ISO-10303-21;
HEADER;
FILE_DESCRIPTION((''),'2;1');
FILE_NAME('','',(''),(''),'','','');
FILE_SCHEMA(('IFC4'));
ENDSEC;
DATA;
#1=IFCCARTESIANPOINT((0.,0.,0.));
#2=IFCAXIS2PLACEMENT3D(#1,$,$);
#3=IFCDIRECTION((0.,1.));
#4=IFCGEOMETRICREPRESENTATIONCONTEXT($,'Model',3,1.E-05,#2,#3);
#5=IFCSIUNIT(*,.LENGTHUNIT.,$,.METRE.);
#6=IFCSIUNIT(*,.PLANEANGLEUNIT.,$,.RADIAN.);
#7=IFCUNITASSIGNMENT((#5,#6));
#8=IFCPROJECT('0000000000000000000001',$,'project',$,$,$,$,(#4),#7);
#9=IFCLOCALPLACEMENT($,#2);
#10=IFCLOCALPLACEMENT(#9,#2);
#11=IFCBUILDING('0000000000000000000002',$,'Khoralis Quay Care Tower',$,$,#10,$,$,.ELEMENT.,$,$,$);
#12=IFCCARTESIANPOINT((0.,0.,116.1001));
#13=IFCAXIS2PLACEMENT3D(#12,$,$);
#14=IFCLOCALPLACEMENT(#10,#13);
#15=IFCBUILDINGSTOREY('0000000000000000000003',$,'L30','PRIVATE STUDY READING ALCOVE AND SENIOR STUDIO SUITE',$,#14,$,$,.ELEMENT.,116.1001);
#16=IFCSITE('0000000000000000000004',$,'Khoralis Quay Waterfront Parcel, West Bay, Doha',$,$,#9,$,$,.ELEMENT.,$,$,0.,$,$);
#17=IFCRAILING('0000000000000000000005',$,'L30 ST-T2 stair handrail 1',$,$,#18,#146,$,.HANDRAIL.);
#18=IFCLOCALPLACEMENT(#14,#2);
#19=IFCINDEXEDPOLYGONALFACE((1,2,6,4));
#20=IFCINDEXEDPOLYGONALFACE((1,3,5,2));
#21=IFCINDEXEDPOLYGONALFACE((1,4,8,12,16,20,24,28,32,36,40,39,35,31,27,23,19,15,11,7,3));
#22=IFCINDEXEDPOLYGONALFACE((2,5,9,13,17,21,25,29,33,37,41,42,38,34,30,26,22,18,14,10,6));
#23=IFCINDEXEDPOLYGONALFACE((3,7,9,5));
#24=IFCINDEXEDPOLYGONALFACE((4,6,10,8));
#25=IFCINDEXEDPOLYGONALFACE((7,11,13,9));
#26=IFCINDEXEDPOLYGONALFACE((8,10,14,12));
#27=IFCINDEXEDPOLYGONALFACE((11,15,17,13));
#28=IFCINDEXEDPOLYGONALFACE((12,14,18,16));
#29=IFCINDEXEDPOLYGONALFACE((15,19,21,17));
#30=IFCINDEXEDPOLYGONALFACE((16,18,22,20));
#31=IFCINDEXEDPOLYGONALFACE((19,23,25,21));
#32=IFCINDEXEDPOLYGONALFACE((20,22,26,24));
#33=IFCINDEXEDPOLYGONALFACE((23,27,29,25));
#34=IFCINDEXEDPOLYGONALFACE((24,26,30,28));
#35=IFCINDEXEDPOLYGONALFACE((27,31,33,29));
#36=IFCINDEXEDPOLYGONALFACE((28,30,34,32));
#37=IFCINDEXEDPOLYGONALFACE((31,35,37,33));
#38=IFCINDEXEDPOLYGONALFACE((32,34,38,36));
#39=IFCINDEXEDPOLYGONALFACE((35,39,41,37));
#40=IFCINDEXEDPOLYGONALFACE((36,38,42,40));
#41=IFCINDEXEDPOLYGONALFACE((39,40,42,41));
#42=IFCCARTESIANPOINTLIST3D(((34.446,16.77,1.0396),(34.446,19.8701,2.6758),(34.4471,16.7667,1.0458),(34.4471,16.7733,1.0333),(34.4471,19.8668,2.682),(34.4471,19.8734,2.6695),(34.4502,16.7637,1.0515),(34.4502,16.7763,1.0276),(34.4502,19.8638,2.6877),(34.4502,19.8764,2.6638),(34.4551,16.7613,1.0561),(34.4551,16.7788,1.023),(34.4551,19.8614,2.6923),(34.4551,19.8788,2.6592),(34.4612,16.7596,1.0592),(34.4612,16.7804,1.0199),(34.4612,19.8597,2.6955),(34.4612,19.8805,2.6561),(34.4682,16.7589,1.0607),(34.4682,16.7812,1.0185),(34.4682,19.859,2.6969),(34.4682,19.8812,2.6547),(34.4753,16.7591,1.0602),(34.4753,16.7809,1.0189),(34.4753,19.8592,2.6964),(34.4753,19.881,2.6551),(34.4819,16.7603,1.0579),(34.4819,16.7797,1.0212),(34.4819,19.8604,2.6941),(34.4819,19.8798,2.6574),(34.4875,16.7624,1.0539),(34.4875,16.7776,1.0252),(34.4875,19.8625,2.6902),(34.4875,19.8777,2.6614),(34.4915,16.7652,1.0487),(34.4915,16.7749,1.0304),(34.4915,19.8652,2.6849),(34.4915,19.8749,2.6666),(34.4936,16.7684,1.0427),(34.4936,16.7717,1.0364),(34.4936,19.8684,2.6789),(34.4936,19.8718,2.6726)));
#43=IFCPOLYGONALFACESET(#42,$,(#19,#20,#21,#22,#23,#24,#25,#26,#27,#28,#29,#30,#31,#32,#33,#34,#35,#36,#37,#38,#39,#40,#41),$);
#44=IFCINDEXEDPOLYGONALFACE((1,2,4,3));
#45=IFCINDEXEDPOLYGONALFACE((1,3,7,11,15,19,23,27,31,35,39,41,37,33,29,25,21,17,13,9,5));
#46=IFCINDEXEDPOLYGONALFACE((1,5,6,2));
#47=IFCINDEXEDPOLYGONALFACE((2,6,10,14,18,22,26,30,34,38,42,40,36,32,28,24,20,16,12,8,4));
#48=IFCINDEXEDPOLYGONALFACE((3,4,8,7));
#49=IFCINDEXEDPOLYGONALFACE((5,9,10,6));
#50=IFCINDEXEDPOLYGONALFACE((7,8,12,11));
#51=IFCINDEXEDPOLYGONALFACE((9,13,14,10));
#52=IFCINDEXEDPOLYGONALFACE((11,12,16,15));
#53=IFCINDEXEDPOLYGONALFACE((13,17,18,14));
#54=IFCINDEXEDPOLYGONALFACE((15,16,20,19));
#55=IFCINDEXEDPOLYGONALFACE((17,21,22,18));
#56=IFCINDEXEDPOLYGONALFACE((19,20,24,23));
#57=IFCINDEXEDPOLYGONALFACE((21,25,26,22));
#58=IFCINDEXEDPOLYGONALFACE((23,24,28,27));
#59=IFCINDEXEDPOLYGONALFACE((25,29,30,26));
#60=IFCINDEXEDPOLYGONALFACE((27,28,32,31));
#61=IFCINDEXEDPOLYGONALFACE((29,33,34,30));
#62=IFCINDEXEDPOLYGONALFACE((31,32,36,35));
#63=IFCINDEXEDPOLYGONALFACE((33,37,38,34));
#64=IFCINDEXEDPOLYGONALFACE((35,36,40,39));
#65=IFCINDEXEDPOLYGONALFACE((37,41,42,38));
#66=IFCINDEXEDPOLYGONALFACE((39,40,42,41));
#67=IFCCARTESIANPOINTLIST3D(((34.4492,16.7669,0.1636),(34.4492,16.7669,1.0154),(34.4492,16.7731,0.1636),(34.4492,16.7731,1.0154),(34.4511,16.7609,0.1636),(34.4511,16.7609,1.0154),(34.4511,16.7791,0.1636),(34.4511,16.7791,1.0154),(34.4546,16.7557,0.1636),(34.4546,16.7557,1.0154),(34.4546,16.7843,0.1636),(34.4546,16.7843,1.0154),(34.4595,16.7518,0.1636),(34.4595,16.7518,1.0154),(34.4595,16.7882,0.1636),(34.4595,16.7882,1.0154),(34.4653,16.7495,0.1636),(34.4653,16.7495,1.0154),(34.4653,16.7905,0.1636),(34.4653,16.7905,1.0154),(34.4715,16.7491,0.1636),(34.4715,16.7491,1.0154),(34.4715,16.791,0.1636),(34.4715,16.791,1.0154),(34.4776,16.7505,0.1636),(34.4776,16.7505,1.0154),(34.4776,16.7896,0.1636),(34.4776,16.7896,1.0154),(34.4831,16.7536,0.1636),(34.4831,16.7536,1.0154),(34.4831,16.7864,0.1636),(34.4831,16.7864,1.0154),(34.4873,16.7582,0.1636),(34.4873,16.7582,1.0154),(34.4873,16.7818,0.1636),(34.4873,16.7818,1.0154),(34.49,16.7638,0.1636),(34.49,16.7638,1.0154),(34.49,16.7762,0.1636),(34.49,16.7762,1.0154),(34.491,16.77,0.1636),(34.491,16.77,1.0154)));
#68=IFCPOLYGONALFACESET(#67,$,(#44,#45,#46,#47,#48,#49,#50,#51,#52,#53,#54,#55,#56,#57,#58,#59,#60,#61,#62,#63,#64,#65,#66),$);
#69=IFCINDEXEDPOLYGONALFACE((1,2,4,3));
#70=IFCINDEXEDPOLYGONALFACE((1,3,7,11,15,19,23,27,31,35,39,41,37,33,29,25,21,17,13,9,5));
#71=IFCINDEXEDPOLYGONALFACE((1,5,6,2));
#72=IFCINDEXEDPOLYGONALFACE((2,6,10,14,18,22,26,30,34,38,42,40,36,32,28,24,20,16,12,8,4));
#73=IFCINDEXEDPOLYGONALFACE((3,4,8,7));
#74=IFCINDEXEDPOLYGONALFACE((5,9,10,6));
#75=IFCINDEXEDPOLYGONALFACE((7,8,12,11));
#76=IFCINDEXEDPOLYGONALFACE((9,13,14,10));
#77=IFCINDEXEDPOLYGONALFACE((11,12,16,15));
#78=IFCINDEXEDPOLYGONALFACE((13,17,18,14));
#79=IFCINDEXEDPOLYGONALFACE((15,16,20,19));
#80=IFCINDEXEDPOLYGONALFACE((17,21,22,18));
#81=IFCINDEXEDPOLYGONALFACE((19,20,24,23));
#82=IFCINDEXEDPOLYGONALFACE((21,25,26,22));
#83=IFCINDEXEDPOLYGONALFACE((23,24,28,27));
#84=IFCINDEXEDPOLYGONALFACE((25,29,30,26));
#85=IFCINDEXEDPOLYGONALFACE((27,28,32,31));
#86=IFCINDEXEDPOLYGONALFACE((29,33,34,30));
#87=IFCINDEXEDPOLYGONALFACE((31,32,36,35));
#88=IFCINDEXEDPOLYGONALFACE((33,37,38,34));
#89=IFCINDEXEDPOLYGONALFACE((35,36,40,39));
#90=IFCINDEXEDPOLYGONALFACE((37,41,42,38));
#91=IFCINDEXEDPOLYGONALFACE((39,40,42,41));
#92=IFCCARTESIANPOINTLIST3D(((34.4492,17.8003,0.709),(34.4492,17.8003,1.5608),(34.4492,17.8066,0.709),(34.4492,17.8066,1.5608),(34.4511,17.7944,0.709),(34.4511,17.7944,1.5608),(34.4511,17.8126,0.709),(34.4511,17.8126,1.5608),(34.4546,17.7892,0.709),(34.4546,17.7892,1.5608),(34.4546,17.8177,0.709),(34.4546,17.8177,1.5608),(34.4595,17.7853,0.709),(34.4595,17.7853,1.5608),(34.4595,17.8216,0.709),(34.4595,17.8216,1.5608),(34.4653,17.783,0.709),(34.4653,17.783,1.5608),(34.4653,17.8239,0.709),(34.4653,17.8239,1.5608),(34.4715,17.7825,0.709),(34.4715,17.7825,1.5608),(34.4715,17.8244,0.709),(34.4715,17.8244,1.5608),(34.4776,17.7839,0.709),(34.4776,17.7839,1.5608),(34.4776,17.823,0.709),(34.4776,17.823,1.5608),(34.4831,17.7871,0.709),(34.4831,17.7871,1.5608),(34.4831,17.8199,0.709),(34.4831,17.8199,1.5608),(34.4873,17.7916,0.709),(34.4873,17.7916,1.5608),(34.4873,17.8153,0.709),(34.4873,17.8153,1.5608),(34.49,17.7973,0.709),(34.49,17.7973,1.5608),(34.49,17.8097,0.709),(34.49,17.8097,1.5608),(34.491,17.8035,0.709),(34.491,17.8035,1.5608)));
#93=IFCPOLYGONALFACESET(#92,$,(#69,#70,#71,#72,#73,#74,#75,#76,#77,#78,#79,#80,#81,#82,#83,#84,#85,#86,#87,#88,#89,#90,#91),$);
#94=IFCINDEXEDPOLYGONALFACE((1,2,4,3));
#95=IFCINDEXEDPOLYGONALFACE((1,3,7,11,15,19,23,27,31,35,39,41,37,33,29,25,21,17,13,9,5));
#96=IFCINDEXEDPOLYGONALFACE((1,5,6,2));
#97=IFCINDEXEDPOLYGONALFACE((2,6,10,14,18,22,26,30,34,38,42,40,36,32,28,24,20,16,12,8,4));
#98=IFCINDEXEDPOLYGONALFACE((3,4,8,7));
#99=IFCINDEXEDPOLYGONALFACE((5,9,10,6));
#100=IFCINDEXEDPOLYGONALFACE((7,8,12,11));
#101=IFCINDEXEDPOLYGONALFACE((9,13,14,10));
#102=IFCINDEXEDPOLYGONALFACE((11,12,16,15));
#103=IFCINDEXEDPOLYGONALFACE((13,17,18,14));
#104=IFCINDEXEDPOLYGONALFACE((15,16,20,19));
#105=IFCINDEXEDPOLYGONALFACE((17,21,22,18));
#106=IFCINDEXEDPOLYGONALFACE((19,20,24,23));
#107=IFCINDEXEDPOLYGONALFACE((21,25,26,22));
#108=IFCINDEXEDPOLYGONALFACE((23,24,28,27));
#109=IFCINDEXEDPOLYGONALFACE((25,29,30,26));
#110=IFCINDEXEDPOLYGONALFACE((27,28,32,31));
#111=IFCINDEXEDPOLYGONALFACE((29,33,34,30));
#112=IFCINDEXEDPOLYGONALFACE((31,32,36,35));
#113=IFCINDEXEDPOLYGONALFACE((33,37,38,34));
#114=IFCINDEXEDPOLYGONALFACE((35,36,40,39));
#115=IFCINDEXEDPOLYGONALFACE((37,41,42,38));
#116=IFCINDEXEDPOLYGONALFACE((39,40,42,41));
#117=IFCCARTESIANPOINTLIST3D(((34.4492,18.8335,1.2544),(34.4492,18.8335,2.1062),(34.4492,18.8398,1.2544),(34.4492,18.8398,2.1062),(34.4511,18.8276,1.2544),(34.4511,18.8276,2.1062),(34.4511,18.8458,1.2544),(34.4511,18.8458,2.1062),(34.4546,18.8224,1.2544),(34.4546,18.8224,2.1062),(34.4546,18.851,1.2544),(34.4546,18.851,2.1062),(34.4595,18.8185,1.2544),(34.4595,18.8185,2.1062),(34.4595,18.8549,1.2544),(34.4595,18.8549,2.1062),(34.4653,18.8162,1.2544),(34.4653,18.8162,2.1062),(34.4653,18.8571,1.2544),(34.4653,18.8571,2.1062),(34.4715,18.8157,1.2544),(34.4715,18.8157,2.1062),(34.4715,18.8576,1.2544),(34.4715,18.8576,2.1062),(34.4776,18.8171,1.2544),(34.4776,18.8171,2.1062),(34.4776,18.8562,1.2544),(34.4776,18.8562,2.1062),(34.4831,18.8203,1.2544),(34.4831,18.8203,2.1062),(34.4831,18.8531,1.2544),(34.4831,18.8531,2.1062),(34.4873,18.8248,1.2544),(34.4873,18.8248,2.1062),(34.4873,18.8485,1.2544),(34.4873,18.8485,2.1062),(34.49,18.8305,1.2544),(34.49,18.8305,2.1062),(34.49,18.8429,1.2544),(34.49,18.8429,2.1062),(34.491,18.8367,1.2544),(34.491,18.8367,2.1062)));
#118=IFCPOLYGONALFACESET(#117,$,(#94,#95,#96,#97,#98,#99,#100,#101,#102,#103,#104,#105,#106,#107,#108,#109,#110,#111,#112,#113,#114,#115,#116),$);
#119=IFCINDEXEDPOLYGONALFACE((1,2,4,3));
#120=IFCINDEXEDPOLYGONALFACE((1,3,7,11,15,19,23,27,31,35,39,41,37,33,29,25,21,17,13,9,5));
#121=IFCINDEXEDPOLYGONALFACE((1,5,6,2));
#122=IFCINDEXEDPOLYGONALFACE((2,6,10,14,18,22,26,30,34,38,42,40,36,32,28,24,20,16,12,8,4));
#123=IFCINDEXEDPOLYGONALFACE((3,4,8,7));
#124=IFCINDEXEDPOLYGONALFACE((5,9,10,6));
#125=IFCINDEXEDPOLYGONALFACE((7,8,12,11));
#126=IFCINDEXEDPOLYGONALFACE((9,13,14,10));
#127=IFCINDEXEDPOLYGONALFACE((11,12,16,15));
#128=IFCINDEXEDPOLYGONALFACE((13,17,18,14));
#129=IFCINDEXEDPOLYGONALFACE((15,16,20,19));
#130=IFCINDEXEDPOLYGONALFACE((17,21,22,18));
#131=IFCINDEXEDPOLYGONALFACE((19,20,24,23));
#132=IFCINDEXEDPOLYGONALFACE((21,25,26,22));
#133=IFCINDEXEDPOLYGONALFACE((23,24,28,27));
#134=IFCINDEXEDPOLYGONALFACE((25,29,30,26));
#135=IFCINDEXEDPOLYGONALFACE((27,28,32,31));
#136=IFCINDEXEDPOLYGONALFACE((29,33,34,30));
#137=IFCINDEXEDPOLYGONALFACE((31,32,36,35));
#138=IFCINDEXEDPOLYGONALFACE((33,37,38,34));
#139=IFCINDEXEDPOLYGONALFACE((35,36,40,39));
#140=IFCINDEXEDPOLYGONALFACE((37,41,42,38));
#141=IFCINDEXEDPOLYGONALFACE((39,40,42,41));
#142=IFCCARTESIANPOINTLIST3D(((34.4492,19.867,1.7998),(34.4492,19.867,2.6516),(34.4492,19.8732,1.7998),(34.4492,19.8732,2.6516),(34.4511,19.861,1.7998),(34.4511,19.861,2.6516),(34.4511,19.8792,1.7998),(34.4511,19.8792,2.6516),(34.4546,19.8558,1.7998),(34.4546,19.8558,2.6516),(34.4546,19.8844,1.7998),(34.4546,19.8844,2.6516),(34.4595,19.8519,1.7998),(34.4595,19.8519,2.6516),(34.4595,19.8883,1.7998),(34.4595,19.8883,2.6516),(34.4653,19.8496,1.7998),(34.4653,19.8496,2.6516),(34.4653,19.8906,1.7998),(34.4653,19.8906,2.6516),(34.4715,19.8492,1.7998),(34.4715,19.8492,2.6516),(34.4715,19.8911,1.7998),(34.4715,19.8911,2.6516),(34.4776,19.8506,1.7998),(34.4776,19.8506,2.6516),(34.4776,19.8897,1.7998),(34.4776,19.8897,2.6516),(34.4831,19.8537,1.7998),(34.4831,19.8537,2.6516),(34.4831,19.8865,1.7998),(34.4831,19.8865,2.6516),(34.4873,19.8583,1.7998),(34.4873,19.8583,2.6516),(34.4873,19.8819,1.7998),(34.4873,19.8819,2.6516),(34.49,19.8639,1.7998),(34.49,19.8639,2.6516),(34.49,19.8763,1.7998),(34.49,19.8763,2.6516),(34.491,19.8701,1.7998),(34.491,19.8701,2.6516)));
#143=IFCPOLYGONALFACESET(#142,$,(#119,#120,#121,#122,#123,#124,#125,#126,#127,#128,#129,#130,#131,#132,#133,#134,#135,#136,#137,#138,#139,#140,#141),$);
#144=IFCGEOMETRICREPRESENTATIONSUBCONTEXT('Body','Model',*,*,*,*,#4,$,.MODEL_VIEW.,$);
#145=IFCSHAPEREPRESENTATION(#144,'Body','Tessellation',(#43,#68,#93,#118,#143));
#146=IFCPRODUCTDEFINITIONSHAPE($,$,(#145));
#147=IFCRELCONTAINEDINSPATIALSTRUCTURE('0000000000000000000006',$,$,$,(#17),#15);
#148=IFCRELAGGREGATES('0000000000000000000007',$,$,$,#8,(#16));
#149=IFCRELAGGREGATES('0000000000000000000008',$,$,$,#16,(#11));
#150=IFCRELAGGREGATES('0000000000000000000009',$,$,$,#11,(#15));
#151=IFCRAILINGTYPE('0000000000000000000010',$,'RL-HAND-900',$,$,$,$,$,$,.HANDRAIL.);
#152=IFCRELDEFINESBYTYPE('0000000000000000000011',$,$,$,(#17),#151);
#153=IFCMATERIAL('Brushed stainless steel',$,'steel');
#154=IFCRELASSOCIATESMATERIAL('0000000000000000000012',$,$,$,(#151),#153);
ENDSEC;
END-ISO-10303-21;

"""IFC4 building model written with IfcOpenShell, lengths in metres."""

from ifc_helpers import new_model, si_unit, direction, frame, origin, origin_2d, place, context, subcontext, project, spatial, circle, extrude, material, type_object, element, save


model = new_model("IFC4")

# Units and contexts
model_context = context("Model", 3, precision=1e-05, world=origin(), true_north=direction((0.0, 1.0)))
body_context = subcontext(model_context, "Body", "Model", "MODEL_VIEW")
ifc_project = project(units=[si_unit("LENGTHUNIT", "METRE"), si_unit("PLANEANGLEUNIT", "RADIAN")], contexts=[model_context])

# Site, building, storey
site_placement = place(None, origin())
site = spatial("IfcSite", under=ifc_project, at=site_placement, Name="Khoralis Quay Waterfront Parcel, West Bay, Doha", CompositionType="ELEMENT", RefElevation=0.0)
building_placement = place(site_placement, origin())
building = spatial("IfcBuilding", under=site, at=building_placement, Name="Khoralis Quay Care Tower", CompositionType="ELEMENT")
storey_placement = place(building_placement, frame((0.0, 0.0, 116.1001)))
storey = spatial("IfcBuildingStorey", under=building, at=storey_placement, Name="L30", Description="PRIVATE STUDY READING ALCOVE AND SENIOR STUDIO SUITE", CompositionType="ELEMENT", Elevation=116.1001)

# Shared definitions
ifc_material_1 = material(Name="Brushed stainless steel", Category="steel")

# Railing
railing_type_1 = type_object("IfcRailingType", Name="RL-HAND-900", PredefinedType="HANDRAIL", material=ifc_material_1)
railing_1_placement = place(storey_placement, frame((34.47, 16.77, 0.1636)))
element("IfcRailing", 1, at=railing_1_placement, inside=storey, type_object=railing_type_1, Name="L30 ST-T2 stair handrail 1", PredefinedType="HANDRAIL", context=body_context, shape_type="SweptSolid", body=[
    extrude(circle(Radius=0.0239, at=origin_2d()), frame((0.0, 0.0, 0.876), z_axis=(0.0, 0.884377, 0.466774), x_axis=(-1.0, 0.0, 0.0)), (0.0, 0.0, 1.0), 3.5054),
    extrude(circle(Radius=0.021, at=origin_2d()), origin(), (0.0, 0.0, 1.0), 0.8518),
    extrude(circle(Radius=0.021, at=origin_2d()), frame((0.0, 1.0334, 0.5454)), (0.0, 0.0, 1.0), 0.8518),
    extrude(circle(Radius=0.021, at=origin_2d()), frame((0.0, 2.0667, 1.0908)), (0.0, 0.0, 1.0), 0.8518),
    extrude(circle(Radius=0.021, at=origin_2d()), frame((0.0, 3.1001, 1.6362)), (0.0, 0.0, 1.0), 0.8518),
])

save(model, "model.ifc")
